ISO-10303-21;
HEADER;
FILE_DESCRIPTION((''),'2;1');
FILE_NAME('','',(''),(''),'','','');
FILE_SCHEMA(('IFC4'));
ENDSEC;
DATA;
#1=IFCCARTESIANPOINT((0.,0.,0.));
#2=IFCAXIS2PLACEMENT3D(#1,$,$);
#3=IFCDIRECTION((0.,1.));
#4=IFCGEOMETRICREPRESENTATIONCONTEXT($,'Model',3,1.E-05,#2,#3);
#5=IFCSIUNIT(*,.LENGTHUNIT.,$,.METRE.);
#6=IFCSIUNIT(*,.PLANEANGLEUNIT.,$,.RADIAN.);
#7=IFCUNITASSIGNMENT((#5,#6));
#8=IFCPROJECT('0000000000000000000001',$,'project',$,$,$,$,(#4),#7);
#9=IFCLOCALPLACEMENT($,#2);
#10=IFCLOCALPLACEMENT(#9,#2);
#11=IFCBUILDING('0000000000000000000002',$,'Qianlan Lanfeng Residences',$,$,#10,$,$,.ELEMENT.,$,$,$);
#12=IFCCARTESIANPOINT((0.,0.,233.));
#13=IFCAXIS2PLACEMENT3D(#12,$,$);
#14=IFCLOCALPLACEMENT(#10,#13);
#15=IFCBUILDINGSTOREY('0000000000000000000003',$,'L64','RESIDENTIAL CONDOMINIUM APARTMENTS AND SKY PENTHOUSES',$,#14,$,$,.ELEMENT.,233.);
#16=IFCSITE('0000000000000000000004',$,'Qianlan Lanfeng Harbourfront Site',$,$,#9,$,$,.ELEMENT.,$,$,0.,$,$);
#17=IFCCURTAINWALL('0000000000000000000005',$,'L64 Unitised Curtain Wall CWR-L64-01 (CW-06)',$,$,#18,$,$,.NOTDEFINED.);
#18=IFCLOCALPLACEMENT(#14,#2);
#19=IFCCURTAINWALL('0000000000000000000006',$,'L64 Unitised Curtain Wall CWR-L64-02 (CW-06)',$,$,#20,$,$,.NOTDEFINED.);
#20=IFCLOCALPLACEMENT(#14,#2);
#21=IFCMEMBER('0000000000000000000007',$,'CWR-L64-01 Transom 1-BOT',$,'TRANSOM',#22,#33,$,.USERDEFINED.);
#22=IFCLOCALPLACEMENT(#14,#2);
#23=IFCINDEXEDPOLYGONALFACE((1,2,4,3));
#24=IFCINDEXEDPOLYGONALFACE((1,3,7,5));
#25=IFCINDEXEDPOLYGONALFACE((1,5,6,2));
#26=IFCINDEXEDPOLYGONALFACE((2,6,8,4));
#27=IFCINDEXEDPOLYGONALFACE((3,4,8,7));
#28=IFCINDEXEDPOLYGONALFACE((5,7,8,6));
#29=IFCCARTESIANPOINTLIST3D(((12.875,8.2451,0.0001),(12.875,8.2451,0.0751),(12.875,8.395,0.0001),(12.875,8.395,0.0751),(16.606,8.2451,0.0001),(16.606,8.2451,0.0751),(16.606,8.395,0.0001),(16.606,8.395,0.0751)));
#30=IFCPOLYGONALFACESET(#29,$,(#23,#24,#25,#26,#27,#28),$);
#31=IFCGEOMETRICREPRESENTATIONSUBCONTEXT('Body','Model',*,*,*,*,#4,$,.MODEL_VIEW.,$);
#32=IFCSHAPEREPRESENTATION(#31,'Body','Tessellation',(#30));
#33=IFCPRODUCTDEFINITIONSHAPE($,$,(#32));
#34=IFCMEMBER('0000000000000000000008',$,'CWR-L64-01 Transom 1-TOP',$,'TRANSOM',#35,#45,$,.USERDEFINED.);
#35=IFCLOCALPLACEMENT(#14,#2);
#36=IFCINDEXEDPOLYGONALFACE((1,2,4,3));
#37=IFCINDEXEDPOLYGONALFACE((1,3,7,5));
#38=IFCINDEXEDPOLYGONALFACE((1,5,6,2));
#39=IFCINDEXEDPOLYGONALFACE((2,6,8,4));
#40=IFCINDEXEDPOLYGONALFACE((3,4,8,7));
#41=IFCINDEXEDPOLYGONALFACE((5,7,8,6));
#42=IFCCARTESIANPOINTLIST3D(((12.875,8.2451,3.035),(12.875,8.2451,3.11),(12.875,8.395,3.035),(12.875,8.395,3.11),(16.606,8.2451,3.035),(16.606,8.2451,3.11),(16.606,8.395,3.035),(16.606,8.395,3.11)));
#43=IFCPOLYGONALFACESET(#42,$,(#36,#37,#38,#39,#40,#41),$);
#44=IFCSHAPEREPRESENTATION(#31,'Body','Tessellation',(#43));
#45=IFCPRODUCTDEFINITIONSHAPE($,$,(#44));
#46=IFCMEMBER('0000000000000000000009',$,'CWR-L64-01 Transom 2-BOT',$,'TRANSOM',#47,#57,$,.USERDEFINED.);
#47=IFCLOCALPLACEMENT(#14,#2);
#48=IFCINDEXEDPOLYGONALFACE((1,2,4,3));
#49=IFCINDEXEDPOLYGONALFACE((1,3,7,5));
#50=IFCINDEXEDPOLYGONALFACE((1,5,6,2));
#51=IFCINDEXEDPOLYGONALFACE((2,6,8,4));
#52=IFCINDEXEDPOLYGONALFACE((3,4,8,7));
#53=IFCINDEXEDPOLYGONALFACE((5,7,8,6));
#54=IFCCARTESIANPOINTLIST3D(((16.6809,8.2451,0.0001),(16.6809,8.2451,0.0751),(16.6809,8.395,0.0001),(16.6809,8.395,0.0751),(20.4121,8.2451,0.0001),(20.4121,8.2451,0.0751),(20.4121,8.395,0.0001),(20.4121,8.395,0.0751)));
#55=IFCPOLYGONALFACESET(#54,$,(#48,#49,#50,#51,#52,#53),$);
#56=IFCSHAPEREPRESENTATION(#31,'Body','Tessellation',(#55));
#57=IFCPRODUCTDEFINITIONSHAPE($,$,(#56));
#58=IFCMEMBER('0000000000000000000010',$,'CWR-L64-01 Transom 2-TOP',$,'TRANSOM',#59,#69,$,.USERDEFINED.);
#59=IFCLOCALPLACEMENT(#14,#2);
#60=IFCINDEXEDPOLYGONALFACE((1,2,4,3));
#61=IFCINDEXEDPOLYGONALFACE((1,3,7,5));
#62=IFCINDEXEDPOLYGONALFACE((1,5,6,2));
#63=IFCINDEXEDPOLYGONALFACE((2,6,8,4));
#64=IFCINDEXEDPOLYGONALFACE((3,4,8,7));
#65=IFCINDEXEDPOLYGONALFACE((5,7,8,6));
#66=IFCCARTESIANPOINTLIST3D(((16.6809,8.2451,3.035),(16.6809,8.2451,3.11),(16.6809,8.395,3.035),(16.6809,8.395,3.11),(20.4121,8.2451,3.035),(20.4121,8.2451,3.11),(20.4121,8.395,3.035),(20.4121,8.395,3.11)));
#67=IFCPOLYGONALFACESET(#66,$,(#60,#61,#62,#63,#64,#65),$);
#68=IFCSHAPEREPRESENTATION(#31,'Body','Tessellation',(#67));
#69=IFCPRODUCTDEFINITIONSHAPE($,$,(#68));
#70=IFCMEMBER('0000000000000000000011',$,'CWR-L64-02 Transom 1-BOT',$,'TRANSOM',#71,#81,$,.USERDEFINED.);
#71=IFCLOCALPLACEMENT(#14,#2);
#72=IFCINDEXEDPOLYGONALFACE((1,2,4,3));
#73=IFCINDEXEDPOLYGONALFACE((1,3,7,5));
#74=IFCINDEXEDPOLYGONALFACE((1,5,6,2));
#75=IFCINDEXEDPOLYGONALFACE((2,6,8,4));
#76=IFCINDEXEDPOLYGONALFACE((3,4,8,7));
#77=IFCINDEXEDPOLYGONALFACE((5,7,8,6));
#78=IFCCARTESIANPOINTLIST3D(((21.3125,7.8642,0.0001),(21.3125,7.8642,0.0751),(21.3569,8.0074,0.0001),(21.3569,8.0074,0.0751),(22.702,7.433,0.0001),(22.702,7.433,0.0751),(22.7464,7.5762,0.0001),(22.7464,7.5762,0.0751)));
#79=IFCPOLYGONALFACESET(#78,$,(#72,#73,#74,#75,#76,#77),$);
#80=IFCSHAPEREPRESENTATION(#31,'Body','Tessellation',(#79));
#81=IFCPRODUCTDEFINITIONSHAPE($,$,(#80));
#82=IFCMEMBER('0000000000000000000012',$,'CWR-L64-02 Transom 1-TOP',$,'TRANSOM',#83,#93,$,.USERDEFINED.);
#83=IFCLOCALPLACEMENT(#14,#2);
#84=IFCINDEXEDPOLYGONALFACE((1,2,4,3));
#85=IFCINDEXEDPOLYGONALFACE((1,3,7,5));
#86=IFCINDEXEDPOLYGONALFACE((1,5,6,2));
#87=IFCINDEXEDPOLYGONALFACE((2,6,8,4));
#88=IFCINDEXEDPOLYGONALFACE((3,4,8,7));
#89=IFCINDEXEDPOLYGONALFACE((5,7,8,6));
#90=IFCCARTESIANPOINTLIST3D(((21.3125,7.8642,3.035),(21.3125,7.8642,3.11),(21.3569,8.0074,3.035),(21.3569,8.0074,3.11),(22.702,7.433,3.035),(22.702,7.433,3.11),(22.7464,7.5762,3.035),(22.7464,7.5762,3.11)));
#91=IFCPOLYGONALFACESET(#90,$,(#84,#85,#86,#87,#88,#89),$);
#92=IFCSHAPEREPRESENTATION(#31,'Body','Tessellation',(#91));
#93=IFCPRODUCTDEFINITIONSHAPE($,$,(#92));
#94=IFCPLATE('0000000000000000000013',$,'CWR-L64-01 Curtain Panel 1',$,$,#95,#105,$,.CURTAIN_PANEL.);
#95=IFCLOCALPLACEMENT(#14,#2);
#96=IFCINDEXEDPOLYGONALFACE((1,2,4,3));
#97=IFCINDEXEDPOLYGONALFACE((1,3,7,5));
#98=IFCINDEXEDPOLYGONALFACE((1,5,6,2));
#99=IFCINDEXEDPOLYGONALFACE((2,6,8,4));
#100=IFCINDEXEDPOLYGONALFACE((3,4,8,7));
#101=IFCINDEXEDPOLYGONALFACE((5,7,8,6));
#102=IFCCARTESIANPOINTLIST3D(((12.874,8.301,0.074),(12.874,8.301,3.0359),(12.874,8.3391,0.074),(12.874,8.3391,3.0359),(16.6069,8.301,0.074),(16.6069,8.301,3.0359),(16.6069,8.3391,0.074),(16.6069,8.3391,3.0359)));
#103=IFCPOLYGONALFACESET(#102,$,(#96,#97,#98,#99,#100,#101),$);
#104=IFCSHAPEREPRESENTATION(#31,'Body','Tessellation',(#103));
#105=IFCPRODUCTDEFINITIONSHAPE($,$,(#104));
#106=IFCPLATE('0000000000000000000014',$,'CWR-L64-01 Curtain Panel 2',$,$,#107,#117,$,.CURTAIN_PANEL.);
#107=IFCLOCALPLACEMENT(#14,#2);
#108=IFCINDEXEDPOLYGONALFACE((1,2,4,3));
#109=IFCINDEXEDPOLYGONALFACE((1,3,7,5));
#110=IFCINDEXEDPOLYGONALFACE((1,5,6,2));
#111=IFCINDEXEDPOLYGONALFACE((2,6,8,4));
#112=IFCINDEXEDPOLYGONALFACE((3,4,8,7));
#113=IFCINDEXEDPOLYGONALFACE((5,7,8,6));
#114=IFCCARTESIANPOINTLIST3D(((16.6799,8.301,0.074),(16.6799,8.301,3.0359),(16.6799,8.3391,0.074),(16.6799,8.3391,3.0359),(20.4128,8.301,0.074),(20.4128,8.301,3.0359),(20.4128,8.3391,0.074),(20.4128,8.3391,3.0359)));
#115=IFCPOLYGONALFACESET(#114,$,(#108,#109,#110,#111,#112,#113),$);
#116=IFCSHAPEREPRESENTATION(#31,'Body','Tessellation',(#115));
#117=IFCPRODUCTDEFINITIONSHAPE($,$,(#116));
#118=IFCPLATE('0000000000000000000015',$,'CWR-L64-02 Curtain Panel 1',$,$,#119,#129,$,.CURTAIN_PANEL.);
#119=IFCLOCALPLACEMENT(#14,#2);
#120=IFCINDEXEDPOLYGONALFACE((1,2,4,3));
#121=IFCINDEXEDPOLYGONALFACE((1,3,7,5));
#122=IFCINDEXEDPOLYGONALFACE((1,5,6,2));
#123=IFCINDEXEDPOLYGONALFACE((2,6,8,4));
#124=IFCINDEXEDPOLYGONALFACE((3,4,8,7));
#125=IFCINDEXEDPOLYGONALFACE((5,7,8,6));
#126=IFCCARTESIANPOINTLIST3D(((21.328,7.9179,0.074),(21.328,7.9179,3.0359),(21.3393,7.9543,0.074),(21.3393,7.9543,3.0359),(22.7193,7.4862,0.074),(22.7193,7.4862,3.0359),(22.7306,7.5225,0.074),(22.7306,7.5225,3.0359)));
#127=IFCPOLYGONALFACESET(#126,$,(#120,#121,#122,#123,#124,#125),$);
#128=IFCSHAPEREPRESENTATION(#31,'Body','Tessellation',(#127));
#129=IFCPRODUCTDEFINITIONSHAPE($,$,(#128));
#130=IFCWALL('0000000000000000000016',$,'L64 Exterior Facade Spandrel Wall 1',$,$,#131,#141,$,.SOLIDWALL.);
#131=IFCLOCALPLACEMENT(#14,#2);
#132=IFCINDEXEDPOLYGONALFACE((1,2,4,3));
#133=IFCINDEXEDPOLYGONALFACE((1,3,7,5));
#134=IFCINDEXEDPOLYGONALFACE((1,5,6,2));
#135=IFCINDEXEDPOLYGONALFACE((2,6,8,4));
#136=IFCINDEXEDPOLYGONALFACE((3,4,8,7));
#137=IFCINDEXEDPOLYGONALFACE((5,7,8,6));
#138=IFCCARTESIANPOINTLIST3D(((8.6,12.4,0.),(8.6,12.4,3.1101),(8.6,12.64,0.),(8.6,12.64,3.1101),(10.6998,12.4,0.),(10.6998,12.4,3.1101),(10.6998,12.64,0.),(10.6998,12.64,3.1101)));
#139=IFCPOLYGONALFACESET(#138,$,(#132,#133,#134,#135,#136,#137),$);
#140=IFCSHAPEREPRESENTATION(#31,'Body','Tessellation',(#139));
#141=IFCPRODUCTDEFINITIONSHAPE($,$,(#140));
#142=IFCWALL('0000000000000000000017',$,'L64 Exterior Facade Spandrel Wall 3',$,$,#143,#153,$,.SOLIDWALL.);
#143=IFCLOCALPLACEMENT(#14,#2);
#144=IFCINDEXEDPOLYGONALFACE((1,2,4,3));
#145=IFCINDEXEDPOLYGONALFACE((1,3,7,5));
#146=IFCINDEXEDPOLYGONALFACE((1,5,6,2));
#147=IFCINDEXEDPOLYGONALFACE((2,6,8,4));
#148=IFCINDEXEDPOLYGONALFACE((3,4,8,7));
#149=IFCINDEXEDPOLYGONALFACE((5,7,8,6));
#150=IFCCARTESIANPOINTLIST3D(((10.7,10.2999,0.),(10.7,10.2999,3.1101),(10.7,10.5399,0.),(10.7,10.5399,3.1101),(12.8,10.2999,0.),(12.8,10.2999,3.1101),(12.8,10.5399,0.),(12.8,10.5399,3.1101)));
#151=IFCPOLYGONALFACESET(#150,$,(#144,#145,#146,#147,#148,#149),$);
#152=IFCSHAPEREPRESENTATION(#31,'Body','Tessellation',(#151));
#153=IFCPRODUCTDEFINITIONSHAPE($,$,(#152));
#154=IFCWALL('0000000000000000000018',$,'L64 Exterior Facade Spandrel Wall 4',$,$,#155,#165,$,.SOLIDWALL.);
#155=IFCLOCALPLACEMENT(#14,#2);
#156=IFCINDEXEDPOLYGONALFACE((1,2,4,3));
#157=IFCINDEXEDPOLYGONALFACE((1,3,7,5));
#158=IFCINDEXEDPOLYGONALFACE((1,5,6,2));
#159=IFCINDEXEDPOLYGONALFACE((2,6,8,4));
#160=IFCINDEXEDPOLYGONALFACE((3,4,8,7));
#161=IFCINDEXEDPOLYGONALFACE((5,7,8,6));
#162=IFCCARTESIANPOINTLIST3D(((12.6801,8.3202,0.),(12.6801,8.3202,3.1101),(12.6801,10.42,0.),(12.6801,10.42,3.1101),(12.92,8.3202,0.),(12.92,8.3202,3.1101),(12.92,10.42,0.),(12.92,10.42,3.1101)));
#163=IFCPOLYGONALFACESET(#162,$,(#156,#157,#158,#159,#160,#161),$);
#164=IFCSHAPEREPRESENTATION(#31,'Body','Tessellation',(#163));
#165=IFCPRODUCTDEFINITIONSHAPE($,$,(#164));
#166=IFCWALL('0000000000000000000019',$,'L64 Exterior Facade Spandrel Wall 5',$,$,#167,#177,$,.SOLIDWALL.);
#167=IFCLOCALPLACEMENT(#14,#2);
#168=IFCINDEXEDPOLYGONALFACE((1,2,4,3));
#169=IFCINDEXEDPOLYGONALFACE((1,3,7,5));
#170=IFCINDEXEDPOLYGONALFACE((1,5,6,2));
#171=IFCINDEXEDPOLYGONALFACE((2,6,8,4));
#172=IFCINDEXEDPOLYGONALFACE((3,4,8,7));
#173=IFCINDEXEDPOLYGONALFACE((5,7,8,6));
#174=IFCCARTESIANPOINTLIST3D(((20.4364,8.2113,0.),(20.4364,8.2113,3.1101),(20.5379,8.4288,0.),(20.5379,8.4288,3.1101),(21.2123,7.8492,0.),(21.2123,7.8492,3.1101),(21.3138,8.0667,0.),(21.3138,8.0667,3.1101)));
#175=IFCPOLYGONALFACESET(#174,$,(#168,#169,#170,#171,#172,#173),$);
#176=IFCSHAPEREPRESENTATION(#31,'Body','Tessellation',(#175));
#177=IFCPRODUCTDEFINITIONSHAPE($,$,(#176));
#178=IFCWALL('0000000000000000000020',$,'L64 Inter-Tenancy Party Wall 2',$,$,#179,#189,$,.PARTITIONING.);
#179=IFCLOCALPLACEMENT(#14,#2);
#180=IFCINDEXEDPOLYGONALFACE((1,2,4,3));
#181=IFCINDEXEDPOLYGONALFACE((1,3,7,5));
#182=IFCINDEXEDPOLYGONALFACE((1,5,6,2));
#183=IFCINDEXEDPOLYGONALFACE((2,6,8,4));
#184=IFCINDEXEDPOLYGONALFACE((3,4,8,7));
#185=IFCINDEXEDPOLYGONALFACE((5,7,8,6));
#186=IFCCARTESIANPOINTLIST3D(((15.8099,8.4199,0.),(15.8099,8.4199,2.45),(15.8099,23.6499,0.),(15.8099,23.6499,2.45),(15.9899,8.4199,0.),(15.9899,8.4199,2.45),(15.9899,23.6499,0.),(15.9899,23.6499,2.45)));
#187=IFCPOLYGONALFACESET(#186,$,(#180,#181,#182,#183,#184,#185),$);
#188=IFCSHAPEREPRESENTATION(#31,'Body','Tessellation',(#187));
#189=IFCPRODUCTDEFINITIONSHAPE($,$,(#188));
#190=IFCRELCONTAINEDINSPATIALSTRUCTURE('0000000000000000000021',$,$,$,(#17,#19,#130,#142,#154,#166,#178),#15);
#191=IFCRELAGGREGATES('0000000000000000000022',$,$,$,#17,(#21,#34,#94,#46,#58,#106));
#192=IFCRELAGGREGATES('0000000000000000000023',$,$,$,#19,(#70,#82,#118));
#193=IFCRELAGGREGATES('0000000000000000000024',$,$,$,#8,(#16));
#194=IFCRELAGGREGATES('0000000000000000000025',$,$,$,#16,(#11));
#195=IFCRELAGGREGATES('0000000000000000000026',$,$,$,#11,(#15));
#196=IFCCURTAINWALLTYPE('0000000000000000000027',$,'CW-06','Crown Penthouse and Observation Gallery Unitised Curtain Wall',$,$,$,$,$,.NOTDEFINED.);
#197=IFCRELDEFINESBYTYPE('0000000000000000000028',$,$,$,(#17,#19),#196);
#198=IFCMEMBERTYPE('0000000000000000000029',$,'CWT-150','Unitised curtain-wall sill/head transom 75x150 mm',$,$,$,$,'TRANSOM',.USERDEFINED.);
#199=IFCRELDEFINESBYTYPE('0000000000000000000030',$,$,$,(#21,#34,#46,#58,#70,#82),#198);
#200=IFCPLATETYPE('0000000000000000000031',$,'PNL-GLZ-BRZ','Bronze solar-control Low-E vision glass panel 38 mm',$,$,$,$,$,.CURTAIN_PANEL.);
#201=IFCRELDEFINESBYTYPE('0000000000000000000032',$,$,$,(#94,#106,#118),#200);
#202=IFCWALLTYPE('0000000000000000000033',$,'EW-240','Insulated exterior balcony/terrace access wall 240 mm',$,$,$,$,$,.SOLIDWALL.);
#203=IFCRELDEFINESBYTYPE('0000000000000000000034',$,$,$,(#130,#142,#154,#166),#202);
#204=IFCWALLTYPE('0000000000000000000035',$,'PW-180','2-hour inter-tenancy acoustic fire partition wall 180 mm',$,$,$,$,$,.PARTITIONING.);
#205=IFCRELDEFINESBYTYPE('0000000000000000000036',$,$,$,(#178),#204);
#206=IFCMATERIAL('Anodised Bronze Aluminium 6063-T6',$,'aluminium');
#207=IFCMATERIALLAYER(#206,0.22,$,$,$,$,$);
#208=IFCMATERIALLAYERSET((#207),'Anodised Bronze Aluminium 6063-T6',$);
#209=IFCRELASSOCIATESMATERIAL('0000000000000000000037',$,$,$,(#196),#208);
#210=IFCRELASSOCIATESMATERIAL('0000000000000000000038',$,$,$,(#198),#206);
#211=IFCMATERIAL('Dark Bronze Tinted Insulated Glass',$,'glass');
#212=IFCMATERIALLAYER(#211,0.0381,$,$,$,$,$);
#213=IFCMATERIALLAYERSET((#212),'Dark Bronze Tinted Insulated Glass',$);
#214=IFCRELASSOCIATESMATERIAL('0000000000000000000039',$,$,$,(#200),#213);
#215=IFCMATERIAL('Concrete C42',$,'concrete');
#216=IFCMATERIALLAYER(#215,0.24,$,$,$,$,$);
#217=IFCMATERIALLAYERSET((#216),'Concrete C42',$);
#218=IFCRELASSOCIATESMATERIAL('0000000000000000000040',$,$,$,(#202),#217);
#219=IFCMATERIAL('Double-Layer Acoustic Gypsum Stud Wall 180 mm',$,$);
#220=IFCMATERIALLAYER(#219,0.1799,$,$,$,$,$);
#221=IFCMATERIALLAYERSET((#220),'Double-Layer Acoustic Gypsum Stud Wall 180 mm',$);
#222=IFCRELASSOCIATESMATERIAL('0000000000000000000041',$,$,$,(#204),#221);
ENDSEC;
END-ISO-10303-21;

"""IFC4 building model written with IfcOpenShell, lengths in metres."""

from ifc_helpers import new_model, si_unit, direction, frame, frame_2d, origin, origin_2d, place, context, subcontext, project, spatial, rectangle, extrude, source, transform, mapped, material, layer, layer_set, material_profile, profile_set, type_object, element, aggregate, save


model = new_model("IFC4")

# Units and contexts
model_context = context("Model", 3, precision=1e-05, world=origin(), true_north=direction((0.0, 1.0)))
body_context = subcontext(model_context, "Body", "Model", "MODEL_VIEW")
ifc_project = project(units=[si_unit("LENGTHUNIT", "METRE"), si_unit("PLANEANGLEUNIT", "RADIAN")], contexts=[model_context])

# Site, building, storey
site_placement = place(None, origin())
site = spatial("IfcSite", under=ifc_project, at=site_placement, Name="Qianlan Lanfeng Harbourfront Site", CompositionType="ELEMENT", RefElevation=0.0)
building_placement = place(site_placement, origin())
building = spatial("IfcBuilding", under=site, at=building_placement, Name="Qianlan Lanfeng Residences", CompositionType="ELEMENT")
storey_placement = place(building_placement, frame((0.0, 0.0, 233.0)))
storey = spatial("IfcBuildingStorey", under=building, at=storey_placement, Name="L64", Description="RESIDENTIAL CONDOMINIUM APARTMENTS AND SKY PENTHOUSES", CompositionType="ELEMENT", Elevation=233.0)

# Curtain walls
ifc_material_1 = material(Name="Anodised Bronze Aluminium 6063-T6", Category="aluminium")
ifc_layer_1 = layer(ifc_material_1, 0.22)
ifc_layer_set_1 = layer_set([ifc_layer_1], Name="Anodised Bronze Aluminium 6063-T6")
curtain_wall_type = type_object("IfcCurtainWallType", Name="CW-06", Description="Crown Penthouse and Observation Gallery Unitised Curtain Wall", PredefinedType="NOTDEFINED", material=ifc_layer_set_1)
curtain_wall_1_placement = place(storey_placement, origin())
curtain_wall_1 = element("IfcCurtainWall", 1, at=curtain_wall_1_placement, inside=storey, type_object=curtain_wall_type, Name="L64 Unitised Curtain Wall CWR-L64-01 (CW-06)", PredefinedType="NOTDEFINED")
curtain_wall_2_placement = place(storey_placement, origin())
curtain_wall_2 = element("IfcCurtainWall", 2, at=curtain_wall_2_placement, inside=storey, type_object=curtain_wall_type, Name="L64 Unitised Curtain Wall CWR-L64-02 (CW-06)", PredefinedType="NOTDEFINED")

# Members
ifc_material_profile_1 = material_profile(ifc_material_1, rectangle(XDim=0.075, YDim=0.1499, at=origin_2d()), Name="ALU TRANSOM 75x150")
ifc_profile_set_1 = profile_set([ifc_material_profile_1], Name="Anodised Bronze Aluminium 6063-T6")
member_type_1 = type_object("IfcMemberType", Name="CWT-150", Description="Unitised curtain-wall sill/head transom 75x150 mm", ElementType="TRANSOM", PredefinedType="USERDEFINED", material=ifc_profile_set_1)
shared_shape_1 = source(origin(), body_context, "Body", "SweptSolid", [
    extrude(rectangle(XDim=0.075, YDim=0.1499, at=origin_2d()), origin(), (0.0, 0.0, 1.0), 3.731),
])
member_1_placement = place(storey_placement, frame((12.875, 8.3201, 0.0376), z_axis=(1.0, 0.0, 0.0), x_axis=(0.0, 0.0, 1.0)))
member_1 = element("IfcMember", 3, at=member_1_placement, type_object=member_type_1, Name="CWR-L64-01 Transom 1-BOT", ObjectType="TRANSOM", PredefinedType="USERDEFINED", context=body_context, shape_type="MappedRepresentation", body=[
    mapped(shared_shape_1, transform((0.0, 0.0, 0.0), scale=1.0)),
])
member_2_placement = place(storey_placement, frame((12.875, 8.3201, 3.0725), z_axis=(1.0, 0.0, 0.0), x_axis=(0.0, 0.0, 1.0)))
member_2 = element("IfcMember", 4, at=member_2_placement, type_object=member_type_1, Name="CWR-L64-01 Transom 1-TOP", ObjectType="TRANSOM", PredefinedType="USERDEFINED", context=body_context, shape_type="MappedRepresentation", body=[
    mapped(shared_shape_1, transform((0.0, 0.0, 0.0), scale=1.0)),
])
shared_shape_2 = source(origin(), body_context, "Body", "SweptSolid", [
    extrude(rectangle(XDim=0.075, YDim=0.1499, at=origin_2d()), origin(), (0.0, 0.0, 1.0), 3.7312),
])
member_3_placement = place(storey_placement, frame((16.6809, 8.3201, 0.0376), z_axis=(1.0, 0.0, 0.0), x_axis=(0.0, 0.0, 1.0)))
member_3 = element("IfcMember", 5, at=member_3_placement, type_object=member_type_1, Name="CWR-L64-01 Transom 2-BOT", ObjectType="TRANSOM", PredefinedType="USERDEFINED", context=body_context, shape_type="MappedRepresentation", body=[
    mapped(shared_shape_2, transform((0.0, 0.0, 0.0), scale=1.0)),
])
member_4_placement = place(storey_placement, frame((16.6809, 8.3201, 3.0725), z_axis=(1.0, 0.0, 0.0), x_axis=(0.0, 0.0, 1.0)))
member_4 = element("IfcMember", 6, at=member_4_placement, type_object=member_type_1, Name="CWR-L64-01 Transom 2-TOP", ObjectType="TRANSOM", PredefinedType="USERDEFINED", context=body_context, shape_type="MappedRepresentation", body=[
    mapped(shared_shape_2, transform((0.0, 0.0, 0.0), scale=1.0)),
])
shared_shape_3 = source(origin(), body_context, "Body", "SweptSolid", [
    extrude(rectangle(XDim=0.075, YDim=0.1499, at=origin_2d()), origin(), (0.0, 0.0, 1.0), 1.4548),
])
member_5_placement = place(storey_placement, frame((21.3347, 7.9358, 0.0376), z_axis=(0.955072, -0.296373, 0.0), x_axis=(0.0, 0.0, 1.0)))
member_5 = element("IfcMember", 7, at=member_5_placement, type_object=member_type_1, Name="CWR-L64-02 Transom 1-BOT", ObjectType="TRANSOM", PredefinedType="USERDEFINED", context=body_context, shape_type="MappedRepresentation", body=[
    mapped(shared_shape_3, transform((0.0, 0.0, 0.0), scale=1.0)),
])
member_6_placement = place(storey_placement, frame((21.3347, 7.9358, 3.0725), z_axis=(0.955072, -0.296373, 0.0), x_axis=(0.0, 0.0, 1.0)))
member_6 = element("IfcMember", 8, at=member_6_placement, type_object=member_type_1, Name="CWR-L64-02 Transom 1-TOP", ObjectType="TRANSOM", PredefinedType="USERDEFINED", context=body_context, shape_type="MappedRepresentation", body=[
    mapped(shared_shape_3, transform((0.0, 0.0, 0.0), scale=1.0)),
])

# Plates
ifc_material_2 = material(Name="Dark Bronze Tinted Insulated Glass", Category="glass")
ifc_layer_2 = layer(ifc_material_2, 0.0381)
ifc_layer_set_2 = layer_set([ifc_layer_2], Name="Dark Bronze Tinted Insulated Glass")
plate_type = type_object("IfcPlateType", Name="PNL-GLZ-BRZ", Description="Bronze solar-control Low-E vision glass panel 38 mm", PredefinedType="CURTAIN_PANEL", material=ifc_layer_set_2)
shared_shape_4 = source(origin(), body_context, "Body", "SweptSolid", [
    extrude(rectangle(XDim=3.7329, YDim=0.0381, at=origin_2d()), origin(), (0.0, 0.0, 1.0), 2.9619),
])
plate_1_placement = place(storey_placement, frame((14.7405, 8.3201, 0.074), z_axis=(0.0, 0.0, 1.0), x_axis=(1.0, 0.0, 0.0)))
plate_1 = element("IfcPlate", 9, at=plate_1_placement, type_object=plate_type, Name="CWR-L64-01 Curtain Panel 1", PredefinedType="CURTAIN_PANEL", context=body_context, shape_type="MappedRepresentation", body=[
    mapped(shared_shape_4, transform((0.0, 0.0, 0.0), scale=1.0)),
])
plate_2_placement = place(storey_placement, frame((18.5464, 8.3201, 0.074), z_axis=(0.0, 0.0, 1.0), x_axis=(1.0, 0.0, 0.0)))
plate_2 = element("IfcPlate", 10, at=plate_2_placement, type_object=plate_type, Name="CWR-L64-01 Curtain Panel 2", PredefinedType="CURTAIN_PANEL", context=body_context, shape_type="MappedRepresentation", body=[
    mapped(shared_shape_4, transform((0.0, 0.0, 0.0), scale=1.0)),
])
aggregate(curtain_wall_1, [member_1, member_2, plate_1, member_3, member_4, plate_2])
shared_shape_5 = source(origin(), body_context, "Body", "SweptSolid", [
    extrude(rectangle(XDim=1.4568, YDim=0.0381, at=origin_2d()), origin(), (0.0, 0.0, 1.0), 2.9619),
])
plate_3_placement = place(storey_placement, frame((22.0293, 7.7202, 0.074), z_axis=(0.0, 0.0, 1.0), x_axis=(0.95508, -0.296348, 0.0)))
plate_3 = element("IfcPlate", 11, at=plate_3_placement, type_object=plate_type, Name="CWR-L64-02 Curtain Panel 1", PredefinedType="CURTAIN_PANEL", context=body_context, shape_type="MappedRepresentation", body=[
    mapped(shared_shape_5, transform((0.0, 0.0, 0.0), scale=1.0)),
])
aggregate(curtain_wall_2, [member_5, member_6, plate_3])

# Walls
ifc_material_3 = material(Name="Concrete C42", Category="concrete")
ifc_layer_3 = layer(ifc_material_3, 0.24)
ifc_layer_set_3 = layer_set([ifc_layer_3], Name="Concrete C42")
wall_type_1 = type_object("IfcWallType", Name="EW-240", Description="Insulated exterior balcony/terrace access wall 240 mm", PredefinedType="SOLIDWALL", material=ifc_layer_set_3)
wall_1_placement = place(storey_placement, frame((8.6001, 12.52, 0.0), z_axis=(0.0, 0.0, 1.0), x_axis=(1.0, 0.0, 0.0)))
element("IfcWall", 12, at=wall_1_placement, inside=storey, type_object=wall_type_1, Name="L64 Exterior Facade Spandrel Wall 1", PredefinedType="SOLIDWALL", context=body_context, shape_type="SweptSolid", body=[
    extrude(rectangle(XDim=2.0999, YDim=0.24, at=frame_2d((1.0498, 0.0))), origin(), (0.0, 0.0, 1.0), 3.1101),
])
wall_2_placement = place(storey_placement, frame((10.7, 10.4199, 0.0), z_axis=(0.0, 0.0, 1.0), x_axis=(1.0, 0.0, 0.0)))
element("IfcWall", 13, at=wall_2_placement, inside=storey, type_object=wall_type_1, Name="L64 Exterior Facade Spandrel Wall 3", PredefinedType="SOLIDWALL", context=body_context, shape_type="SweptSolid", body=[
    extrude(rectangle(XDim=2.1001, YDim=0.24, at=frame_2d((1.05, 0.0))), origin(), (0.0, 0.0, 1.0), 3.1101),
])
wall_3_placement = place(storey_placement, frame((12.8, 10.4199, 0.0), z_axis=(0.0, 0.0, 1.0), x_axis=(0.0, -1.0, 0.0)))
element("IfcWall", 14, at=wall_3_placement, inside=storey, type_object=wall_type_1, Name="L64 Exterior Facade Spandrel Wall 4", PredefinedType="SOLIDWALL", context=body_context, shape_type="SweptSolid", body=[
    extrude(rectangle(XDim=2.0999, YDim=0.24, at=frame_2d((1.0498, 0.0))), origin(), (0.0, 0.0, 1.0), 3.1101),
])
wall_4_placement = place(storey_placement, frame((20.4871, 8.3201, 0.0), z_axis=(0.0, 0.0, 1.0), x_axis=(0.90619, -0.42287, 0.0)))
element("IfcWall", 15, at=wall_4_placement, inside=storey, type_object=wall_type_1, Name="L64 Exterior Facade Spandrel Wall 5", PredefinedType="SOLIDWALL", context=body_context, shape_type="SweptSolid", body=[
    extrude(rectangle(XDim=0.8562, YDim=0.24, at=frame_2d((0.4282, 0.0))), origin(), (0.0, 0.0, 1.0), 3.1101),
])
ifc_material_4 = material(Name="Double-Layer Acoustic Gypsum Stud Wall 180 mm")
ifc_layer_4 = layer(ifc_material_4, 0.1799)
ifc_layer_set_4 = layer_set([ifc_layer_4], Name="Double-Layer Acoustic Gypsum Stud Wall 180 mm")
wall_type_2 = type_object("IfcWallType", Name="PW-180", Description="2-hour inter-tenancy acoustic fire partition wall 180 mm", PredefinedType="PARTITIONING", material=ifc_layer_set_4)
wall_5_placement = place(storey_placement, frame((15.8999, 8.4199, 0.0), z_axis=(0.0, 0.0, 1.0), x_axis=(0.0, 1.0, 0.0)))
element("IfcWall", 16, at=wall_5_placement, inside=storey, type_object=wall_type_2, Name="L64 Inter-Tenancy Party Wall 2", PredefinedType="PARTITIONING", context=body_context, shape_type="SweptSolid", body=[
    extrude(rectangle(XDim=15.23, YDim=0.1799, at=frame_2d((7.615, 0.0))), origin(), (0.0, 0.0, 1.0), 2.45),
])

save(model, "model.ifc")
